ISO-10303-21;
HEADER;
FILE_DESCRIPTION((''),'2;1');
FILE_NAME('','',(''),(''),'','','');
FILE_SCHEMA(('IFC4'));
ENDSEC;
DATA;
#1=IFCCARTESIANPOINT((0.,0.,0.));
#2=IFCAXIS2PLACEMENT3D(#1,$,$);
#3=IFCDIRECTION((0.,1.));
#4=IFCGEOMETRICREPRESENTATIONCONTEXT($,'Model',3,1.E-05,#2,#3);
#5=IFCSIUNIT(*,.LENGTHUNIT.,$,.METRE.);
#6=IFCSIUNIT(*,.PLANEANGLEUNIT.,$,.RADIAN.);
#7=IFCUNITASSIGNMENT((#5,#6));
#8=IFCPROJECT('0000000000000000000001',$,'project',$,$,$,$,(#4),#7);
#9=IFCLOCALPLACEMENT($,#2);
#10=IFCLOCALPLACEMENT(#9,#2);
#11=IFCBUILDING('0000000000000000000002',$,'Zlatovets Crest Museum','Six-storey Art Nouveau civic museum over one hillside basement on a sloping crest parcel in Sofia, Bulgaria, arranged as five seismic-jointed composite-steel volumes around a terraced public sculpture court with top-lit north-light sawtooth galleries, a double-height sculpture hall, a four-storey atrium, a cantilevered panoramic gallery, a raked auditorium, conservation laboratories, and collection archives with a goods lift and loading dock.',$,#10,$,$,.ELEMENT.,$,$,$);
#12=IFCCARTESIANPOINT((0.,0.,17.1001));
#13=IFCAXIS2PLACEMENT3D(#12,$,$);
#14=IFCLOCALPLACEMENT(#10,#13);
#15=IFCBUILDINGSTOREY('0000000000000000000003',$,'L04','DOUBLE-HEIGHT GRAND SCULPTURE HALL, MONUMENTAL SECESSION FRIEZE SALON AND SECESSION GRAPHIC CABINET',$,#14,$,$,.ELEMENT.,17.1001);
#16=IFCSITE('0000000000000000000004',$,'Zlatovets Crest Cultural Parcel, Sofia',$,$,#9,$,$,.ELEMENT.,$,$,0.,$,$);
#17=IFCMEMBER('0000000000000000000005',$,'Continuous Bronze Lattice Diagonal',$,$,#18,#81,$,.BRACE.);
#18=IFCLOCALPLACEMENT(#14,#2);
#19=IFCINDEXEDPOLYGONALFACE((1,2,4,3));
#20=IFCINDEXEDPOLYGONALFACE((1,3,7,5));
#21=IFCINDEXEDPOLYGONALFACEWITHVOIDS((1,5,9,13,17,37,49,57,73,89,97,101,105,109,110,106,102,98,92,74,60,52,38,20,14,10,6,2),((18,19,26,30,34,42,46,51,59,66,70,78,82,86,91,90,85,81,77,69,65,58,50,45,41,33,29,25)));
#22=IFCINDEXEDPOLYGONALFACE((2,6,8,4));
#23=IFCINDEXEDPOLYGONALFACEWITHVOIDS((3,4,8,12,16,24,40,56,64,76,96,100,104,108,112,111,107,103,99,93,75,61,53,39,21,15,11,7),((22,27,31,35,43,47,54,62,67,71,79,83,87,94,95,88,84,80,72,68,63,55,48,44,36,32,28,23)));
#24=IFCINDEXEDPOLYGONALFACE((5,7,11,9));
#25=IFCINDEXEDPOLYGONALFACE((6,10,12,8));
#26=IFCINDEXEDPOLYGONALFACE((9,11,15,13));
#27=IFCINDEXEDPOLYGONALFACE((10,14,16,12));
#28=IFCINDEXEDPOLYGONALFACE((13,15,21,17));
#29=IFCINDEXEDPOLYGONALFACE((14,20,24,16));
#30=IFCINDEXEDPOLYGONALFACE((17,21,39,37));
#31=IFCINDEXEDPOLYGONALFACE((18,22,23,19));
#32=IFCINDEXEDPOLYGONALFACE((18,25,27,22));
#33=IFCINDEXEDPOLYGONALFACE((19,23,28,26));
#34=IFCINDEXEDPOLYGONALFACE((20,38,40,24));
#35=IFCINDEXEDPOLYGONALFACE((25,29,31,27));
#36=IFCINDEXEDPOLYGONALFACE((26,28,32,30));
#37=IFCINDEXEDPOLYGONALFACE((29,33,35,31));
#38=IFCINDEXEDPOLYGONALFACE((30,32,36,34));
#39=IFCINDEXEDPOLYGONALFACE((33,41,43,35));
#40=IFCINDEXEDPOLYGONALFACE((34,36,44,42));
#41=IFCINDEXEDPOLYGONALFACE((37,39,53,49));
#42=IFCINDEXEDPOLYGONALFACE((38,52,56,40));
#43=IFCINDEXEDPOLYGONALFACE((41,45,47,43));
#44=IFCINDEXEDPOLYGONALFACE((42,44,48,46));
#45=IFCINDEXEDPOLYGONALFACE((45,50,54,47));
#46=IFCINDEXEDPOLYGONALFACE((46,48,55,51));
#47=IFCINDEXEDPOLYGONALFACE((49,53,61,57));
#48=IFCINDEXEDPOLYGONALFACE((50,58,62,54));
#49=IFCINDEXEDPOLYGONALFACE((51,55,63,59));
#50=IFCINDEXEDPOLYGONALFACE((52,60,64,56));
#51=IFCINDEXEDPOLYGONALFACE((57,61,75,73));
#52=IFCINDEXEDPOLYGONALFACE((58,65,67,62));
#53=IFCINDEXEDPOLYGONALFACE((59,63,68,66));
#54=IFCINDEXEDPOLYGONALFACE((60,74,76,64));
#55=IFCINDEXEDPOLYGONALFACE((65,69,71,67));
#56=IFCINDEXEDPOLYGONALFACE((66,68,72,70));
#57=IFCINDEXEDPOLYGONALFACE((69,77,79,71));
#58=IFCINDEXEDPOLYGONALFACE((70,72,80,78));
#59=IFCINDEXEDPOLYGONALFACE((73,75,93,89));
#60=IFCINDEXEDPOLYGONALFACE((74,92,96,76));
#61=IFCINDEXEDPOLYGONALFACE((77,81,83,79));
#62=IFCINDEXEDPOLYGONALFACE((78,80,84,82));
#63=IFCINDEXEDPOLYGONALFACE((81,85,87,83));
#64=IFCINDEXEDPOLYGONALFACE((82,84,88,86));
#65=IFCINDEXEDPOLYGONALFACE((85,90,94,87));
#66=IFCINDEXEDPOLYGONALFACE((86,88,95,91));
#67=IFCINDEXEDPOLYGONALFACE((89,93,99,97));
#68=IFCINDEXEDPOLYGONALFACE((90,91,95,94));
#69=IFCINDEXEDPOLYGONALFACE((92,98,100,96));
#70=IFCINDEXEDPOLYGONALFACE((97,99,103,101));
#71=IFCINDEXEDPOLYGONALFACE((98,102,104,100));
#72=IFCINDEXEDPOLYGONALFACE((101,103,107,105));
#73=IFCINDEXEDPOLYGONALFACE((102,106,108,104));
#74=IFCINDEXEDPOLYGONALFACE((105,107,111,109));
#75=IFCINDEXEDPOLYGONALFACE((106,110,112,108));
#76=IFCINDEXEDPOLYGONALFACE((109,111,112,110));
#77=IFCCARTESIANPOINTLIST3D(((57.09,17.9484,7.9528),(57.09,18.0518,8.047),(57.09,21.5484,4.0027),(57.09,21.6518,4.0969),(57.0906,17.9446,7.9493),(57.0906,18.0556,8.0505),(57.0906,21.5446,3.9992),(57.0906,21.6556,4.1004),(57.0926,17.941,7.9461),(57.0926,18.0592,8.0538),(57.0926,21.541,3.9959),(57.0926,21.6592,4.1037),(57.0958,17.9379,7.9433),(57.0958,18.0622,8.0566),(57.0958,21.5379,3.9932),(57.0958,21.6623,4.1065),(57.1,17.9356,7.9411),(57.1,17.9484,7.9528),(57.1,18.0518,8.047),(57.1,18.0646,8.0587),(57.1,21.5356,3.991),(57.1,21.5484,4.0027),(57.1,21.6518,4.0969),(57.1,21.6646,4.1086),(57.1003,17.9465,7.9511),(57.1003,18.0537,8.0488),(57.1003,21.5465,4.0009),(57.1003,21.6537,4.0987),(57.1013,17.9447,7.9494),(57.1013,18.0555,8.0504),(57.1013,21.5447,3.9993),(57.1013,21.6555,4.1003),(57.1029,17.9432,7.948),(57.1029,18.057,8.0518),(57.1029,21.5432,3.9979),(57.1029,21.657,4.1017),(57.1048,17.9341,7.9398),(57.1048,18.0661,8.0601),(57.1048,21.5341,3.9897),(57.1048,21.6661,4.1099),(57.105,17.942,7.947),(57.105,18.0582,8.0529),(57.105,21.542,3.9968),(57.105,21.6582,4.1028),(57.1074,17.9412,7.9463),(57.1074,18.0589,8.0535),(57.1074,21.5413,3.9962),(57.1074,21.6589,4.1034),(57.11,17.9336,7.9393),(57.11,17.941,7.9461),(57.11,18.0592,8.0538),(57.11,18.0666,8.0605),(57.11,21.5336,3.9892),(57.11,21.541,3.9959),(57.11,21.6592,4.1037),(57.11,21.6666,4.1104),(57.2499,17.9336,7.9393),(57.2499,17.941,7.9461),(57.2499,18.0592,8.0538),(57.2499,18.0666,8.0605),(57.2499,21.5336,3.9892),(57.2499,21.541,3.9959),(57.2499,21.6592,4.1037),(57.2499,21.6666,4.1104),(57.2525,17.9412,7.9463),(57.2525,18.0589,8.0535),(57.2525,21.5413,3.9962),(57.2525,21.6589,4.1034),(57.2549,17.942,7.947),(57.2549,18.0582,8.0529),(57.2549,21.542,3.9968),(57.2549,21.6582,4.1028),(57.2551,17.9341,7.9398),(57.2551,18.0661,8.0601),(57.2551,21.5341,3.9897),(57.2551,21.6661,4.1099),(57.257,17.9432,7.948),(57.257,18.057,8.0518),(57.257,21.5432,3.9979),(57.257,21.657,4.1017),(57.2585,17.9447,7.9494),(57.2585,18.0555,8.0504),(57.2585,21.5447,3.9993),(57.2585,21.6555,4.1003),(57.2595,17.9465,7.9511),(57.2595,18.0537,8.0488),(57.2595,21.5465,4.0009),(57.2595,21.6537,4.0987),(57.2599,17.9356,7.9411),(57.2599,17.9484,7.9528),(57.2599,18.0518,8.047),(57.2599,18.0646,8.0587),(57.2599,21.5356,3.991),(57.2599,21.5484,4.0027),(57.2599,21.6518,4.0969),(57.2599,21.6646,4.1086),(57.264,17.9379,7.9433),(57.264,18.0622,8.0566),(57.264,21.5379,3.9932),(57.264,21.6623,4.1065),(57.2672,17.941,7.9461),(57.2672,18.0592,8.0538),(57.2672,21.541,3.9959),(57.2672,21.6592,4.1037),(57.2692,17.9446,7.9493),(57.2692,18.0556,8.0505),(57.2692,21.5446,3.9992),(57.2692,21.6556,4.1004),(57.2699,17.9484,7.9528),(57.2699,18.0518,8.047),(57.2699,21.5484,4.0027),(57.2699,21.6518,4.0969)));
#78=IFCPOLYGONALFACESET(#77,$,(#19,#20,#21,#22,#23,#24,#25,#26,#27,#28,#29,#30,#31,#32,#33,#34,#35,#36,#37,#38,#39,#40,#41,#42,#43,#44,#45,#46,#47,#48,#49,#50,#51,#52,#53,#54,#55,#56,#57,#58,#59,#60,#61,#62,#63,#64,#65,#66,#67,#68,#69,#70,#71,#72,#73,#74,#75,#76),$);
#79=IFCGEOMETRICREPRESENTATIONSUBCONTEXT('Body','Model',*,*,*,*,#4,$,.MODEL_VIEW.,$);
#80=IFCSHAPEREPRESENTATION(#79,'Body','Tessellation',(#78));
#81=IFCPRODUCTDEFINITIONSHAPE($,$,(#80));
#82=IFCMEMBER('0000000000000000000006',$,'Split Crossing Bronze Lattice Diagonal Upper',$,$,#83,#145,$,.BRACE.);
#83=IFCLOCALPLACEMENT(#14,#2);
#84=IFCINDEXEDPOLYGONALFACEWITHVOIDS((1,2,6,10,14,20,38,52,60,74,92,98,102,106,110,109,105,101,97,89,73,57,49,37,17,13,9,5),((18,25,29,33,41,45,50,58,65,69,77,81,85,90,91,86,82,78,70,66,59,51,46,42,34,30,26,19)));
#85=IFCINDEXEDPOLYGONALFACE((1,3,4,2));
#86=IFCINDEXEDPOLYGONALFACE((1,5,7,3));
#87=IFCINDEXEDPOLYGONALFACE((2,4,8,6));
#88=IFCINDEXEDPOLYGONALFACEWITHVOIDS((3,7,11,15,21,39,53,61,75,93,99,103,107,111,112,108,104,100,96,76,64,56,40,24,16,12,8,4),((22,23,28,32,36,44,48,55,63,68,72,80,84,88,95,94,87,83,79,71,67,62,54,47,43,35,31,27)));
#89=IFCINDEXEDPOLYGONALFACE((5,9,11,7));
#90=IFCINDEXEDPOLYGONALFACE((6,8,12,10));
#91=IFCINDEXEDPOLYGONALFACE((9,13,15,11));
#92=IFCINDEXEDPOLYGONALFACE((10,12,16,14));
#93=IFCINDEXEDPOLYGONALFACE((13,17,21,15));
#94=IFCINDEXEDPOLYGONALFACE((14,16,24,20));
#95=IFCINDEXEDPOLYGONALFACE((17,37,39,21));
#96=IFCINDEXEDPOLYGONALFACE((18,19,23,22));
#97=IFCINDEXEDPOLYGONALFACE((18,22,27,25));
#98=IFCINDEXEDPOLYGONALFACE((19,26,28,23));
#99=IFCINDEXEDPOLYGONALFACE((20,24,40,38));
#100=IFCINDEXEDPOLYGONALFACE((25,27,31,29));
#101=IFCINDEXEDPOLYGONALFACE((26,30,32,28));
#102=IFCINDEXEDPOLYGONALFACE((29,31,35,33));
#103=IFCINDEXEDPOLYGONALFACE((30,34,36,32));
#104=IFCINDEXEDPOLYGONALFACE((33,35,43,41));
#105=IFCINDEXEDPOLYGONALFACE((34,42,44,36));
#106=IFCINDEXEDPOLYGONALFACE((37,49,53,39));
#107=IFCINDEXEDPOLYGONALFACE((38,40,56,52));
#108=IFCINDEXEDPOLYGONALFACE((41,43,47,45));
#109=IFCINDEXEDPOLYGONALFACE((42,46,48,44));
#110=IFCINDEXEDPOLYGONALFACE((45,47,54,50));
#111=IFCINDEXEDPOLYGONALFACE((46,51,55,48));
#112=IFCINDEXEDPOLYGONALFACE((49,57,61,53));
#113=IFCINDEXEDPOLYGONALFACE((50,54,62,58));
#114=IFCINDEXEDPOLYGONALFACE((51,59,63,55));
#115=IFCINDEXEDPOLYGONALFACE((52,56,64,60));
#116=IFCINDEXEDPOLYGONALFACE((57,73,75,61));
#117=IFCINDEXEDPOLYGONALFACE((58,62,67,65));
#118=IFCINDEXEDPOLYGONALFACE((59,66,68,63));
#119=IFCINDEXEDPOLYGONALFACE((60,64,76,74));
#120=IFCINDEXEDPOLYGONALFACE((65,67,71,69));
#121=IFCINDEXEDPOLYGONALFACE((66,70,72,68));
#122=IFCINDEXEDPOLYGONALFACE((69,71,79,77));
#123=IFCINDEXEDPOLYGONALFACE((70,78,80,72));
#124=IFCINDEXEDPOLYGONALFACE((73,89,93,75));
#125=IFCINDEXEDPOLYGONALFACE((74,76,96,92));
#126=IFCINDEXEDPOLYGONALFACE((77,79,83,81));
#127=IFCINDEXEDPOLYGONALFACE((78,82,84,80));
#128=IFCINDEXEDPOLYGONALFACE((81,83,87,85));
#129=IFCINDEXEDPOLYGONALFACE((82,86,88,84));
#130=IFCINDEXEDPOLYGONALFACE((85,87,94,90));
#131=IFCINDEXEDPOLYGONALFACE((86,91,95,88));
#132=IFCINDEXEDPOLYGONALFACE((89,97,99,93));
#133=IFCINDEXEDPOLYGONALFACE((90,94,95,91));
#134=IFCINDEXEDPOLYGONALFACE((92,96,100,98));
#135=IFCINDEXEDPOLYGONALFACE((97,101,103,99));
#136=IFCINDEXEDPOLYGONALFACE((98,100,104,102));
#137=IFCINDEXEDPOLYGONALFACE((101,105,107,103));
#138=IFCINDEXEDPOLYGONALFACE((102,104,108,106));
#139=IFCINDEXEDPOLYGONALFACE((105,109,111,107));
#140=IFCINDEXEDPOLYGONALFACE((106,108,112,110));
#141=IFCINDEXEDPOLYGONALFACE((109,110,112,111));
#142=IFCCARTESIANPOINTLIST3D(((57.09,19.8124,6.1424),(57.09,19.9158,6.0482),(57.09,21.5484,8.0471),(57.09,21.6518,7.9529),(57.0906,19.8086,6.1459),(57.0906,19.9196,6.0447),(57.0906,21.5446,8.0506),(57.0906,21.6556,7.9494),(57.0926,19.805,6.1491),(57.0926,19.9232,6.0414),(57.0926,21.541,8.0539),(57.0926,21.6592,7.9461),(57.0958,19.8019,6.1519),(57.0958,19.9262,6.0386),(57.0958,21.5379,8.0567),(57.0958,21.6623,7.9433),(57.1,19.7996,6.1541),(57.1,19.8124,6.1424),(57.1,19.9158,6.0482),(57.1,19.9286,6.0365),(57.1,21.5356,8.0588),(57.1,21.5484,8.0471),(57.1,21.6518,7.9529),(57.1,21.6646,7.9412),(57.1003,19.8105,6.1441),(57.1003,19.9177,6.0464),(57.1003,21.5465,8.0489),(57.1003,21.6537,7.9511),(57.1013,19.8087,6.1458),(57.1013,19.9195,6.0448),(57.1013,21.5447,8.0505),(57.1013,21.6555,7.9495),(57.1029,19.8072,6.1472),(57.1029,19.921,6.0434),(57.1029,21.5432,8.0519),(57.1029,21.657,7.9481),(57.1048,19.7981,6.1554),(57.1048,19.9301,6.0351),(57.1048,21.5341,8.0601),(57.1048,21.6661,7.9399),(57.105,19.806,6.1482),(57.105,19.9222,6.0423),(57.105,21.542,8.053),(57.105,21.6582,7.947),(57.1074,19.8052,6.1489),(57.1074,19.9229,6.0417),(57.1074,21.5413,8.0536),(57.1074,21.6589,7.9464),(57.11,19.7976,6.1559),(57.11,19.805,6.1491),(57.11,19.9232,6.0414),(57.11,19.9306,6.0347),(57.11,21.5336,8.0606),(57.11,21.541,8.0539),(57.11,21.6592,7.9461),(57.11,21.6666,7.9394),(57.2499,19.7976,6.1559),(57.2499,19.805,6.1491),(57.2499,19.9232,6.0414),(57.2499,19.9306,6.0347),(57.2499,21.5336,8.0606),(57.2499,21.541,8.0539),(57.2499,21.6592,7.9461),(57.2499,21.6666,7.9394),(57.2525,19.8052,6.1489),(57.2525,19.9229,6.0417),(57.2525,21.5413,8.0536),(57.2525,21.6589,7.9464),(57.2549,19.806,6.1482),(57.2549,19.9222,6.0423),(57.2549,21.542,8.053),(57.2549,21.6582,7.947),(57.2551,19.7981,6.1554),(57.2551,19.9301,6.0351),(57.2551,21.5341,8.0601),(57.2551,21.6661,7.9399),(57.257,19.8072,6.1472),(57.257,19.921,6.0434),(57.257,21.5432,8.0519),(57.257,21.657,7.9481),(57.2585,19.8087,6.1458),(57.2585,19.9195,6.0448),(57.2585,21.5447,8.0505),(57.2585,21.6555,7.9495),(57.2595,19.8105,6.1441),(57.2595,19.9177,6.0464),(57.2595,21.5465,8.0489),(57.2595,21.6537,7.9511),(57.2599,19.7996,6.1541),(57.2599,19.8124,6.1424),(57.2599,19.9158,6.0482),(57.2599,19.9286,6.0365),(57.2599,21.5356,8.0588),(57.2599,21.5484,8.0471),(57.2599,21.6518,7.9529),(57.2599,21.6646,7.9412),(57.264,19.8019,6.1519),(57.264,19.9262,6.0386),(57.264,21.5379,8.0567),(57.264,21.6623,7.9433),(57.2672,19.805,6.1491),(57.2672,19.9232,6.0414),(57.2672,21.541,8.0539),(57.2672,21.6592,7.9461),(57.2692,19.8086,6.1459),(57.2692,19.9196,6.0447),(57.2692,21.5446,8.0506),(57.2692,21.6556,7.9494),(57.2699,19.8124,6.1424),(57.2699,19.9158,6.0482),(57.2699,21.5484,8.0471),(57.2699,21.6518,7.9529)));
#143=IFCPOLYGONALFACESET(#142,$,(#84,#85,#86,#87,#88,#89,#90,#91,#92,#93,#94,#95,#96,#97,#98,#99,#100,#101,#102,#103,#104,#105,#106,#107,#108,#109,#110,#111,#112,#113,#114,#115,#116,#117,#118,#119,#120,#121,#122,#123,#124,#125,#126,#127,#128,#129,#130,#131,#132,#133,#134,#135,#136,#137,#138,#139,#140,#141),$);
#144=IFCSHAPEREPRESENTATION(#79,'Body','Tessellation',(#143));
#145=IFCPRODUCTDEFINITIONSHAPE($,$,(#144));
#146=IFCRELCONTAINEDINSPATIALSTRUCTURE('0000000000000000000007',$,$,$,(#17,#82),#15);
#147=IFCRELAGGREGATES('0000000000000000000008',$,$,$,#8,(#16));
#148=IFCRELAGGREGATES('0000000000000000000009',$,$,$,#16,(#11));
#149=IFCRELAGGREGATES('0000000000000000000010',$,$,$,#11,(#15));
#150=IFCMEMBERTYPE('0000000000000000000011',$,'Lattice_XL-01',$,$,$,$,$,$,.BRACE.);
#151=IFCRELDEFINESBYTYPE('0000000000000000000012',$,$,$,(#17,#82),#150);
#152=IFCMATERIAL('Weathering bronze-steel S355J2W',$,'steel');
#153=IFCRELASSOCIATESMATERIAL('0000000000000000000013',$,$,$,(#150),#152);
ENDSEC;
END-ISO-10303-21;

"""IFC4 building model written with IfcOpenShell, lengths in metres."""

from ifc_helpers import new_model, si_unit, direction, frame, origin, origin_2d, place, context, subcontext, project, spatial, hollow_rectangle, extrude, material, material_profile, profile_set, type_object, element, save


model = new_model("IFC4")

# Units and contexts
model_context = context("Model", 3, precision=1e-05, world=origin(), true_north=direction((0.0, 1.0)))
body_context = subcontext(model_context, "Body", "Model", "MODEL_VIEW")
ifc_project = project(units=[si_unit("LENGTHUNIT", "METRE"), si_unit("PLANEANGLEUNIT", "RADIAN")], contexts=[model_context])

# Site, building, storey
site_placement = place(None, origin())
site = spatial("IfcSite", under=ifc_project, at=site_placement, Name="Zlatovets Crest Cultural Parcel, Sofia", CompositionType="ELEMENT", RefElevation=0.0)
building_placement = place(site_placement, origin())
building = spatial("IfcBuilding", under=site, at=building_placement, Name="Zlatovets Crest Museum", Description="Six-storey Art Nouveau civic museum over one hillside basement on a sloping crest parcel in Sofia, Bulgaria, arranged as five seismic-jointed composite-steel volumes around a terraced public sculpture court with top-lit north-light sawtooth galleries, a double-height sculpture hall, a four-storey atrium, a cantilevered panoramic gallery, a raked auditorium, conservation laboratories, and collection archives with a goods lift and loading dock.", CompositionType="ELEMENT")
storey_placement = place(building_placement, frame((0.0, 0.0, 17.1001)))
storey = spatial("IfcBuildingStorey", under=building, at=storey_placement, Name="L04", Description="DOUBLE-HEIGHT GRAND SCULPTURE HALL, MONUMENTAL SECESSION FRIEZE SALON AND SECESSION GRAPHIC CABINET", CompositionType="ELEMENT", Elevation=17.1001)

# Members
ifc_material_1 = material(Name="Weathering bronze-steel S355J2W", Category="steel")
ifc_material_profile_1 = material_profile(ifc_material_1, hollow_rectangle(XDim=0.1799, YDim=0.1799, WallThickness=0.01, InnerFilletRadius=0.01, OuterFilletRadius=0.02, at=origin_2d()), Name="SHS 180x180x10.0")
ifc_profile_set_1 = profile_set([ifc_material_profile_1], Name="Weathering bronze-steel S355J2W")
member_type_1 = type_object("IfcMemberType", Name="Lattice_XL-01", PredefinedType="BRACE", material=ifc_profile_set_1)
member_1_placement = place(storey_placement, frame((57.1799, 21.6001, 4.0498), z_axis=(0.0, -0.673595, 0.7391), x_axis=(1.0, 0.0, 0.0)))
element("IfcMember", 1, at=member_1_placement, inside=storey, type_object=member_type_1, Name="Continuous Bronze Lattice Diagonal", PredefinedType="BRACE", context=body_context, shape_type="SweptSolid", body=[
    extrude(hollow_rectangle(XDim=0.1799, YDim=0.1799, WallThickness=0.01, InnerFilletRadius=0.01, OuterFilletRadius=0.02, at=origin_2d()), origin(), (0.0, 0.0, 1.0), 5.3445),
])
for number, where, z_axis, x_axis, name in (
    (2, (57.1799, 21.6001, 8.0), (0.0, -0.67362, -0.739078), (1.0, 0.0, 0.0), "Split Crossing Bronze Lattice Diagonal Upper"),
):
    element("IfcMember", number, at=place(storey_placement, frame(where, z_axis=z_axis, x_axis=x_axis)), inside=storey, type_object=member_type_1, Name=name, PredefinedType="BRACE", context=body_context, shape_type="SweptSolid", body=[
        extrude(hollow_rectangle(XDim=0.1799, YDim=0.1799, WallThickness=0.01, InnerFilletRadius=0.01, OuterFilletRadius=0.02, at=origin_2d()), origin(), (0.0, 0.0, 1.0), 2.5771),
    ])

save(model, "model.ifc")
